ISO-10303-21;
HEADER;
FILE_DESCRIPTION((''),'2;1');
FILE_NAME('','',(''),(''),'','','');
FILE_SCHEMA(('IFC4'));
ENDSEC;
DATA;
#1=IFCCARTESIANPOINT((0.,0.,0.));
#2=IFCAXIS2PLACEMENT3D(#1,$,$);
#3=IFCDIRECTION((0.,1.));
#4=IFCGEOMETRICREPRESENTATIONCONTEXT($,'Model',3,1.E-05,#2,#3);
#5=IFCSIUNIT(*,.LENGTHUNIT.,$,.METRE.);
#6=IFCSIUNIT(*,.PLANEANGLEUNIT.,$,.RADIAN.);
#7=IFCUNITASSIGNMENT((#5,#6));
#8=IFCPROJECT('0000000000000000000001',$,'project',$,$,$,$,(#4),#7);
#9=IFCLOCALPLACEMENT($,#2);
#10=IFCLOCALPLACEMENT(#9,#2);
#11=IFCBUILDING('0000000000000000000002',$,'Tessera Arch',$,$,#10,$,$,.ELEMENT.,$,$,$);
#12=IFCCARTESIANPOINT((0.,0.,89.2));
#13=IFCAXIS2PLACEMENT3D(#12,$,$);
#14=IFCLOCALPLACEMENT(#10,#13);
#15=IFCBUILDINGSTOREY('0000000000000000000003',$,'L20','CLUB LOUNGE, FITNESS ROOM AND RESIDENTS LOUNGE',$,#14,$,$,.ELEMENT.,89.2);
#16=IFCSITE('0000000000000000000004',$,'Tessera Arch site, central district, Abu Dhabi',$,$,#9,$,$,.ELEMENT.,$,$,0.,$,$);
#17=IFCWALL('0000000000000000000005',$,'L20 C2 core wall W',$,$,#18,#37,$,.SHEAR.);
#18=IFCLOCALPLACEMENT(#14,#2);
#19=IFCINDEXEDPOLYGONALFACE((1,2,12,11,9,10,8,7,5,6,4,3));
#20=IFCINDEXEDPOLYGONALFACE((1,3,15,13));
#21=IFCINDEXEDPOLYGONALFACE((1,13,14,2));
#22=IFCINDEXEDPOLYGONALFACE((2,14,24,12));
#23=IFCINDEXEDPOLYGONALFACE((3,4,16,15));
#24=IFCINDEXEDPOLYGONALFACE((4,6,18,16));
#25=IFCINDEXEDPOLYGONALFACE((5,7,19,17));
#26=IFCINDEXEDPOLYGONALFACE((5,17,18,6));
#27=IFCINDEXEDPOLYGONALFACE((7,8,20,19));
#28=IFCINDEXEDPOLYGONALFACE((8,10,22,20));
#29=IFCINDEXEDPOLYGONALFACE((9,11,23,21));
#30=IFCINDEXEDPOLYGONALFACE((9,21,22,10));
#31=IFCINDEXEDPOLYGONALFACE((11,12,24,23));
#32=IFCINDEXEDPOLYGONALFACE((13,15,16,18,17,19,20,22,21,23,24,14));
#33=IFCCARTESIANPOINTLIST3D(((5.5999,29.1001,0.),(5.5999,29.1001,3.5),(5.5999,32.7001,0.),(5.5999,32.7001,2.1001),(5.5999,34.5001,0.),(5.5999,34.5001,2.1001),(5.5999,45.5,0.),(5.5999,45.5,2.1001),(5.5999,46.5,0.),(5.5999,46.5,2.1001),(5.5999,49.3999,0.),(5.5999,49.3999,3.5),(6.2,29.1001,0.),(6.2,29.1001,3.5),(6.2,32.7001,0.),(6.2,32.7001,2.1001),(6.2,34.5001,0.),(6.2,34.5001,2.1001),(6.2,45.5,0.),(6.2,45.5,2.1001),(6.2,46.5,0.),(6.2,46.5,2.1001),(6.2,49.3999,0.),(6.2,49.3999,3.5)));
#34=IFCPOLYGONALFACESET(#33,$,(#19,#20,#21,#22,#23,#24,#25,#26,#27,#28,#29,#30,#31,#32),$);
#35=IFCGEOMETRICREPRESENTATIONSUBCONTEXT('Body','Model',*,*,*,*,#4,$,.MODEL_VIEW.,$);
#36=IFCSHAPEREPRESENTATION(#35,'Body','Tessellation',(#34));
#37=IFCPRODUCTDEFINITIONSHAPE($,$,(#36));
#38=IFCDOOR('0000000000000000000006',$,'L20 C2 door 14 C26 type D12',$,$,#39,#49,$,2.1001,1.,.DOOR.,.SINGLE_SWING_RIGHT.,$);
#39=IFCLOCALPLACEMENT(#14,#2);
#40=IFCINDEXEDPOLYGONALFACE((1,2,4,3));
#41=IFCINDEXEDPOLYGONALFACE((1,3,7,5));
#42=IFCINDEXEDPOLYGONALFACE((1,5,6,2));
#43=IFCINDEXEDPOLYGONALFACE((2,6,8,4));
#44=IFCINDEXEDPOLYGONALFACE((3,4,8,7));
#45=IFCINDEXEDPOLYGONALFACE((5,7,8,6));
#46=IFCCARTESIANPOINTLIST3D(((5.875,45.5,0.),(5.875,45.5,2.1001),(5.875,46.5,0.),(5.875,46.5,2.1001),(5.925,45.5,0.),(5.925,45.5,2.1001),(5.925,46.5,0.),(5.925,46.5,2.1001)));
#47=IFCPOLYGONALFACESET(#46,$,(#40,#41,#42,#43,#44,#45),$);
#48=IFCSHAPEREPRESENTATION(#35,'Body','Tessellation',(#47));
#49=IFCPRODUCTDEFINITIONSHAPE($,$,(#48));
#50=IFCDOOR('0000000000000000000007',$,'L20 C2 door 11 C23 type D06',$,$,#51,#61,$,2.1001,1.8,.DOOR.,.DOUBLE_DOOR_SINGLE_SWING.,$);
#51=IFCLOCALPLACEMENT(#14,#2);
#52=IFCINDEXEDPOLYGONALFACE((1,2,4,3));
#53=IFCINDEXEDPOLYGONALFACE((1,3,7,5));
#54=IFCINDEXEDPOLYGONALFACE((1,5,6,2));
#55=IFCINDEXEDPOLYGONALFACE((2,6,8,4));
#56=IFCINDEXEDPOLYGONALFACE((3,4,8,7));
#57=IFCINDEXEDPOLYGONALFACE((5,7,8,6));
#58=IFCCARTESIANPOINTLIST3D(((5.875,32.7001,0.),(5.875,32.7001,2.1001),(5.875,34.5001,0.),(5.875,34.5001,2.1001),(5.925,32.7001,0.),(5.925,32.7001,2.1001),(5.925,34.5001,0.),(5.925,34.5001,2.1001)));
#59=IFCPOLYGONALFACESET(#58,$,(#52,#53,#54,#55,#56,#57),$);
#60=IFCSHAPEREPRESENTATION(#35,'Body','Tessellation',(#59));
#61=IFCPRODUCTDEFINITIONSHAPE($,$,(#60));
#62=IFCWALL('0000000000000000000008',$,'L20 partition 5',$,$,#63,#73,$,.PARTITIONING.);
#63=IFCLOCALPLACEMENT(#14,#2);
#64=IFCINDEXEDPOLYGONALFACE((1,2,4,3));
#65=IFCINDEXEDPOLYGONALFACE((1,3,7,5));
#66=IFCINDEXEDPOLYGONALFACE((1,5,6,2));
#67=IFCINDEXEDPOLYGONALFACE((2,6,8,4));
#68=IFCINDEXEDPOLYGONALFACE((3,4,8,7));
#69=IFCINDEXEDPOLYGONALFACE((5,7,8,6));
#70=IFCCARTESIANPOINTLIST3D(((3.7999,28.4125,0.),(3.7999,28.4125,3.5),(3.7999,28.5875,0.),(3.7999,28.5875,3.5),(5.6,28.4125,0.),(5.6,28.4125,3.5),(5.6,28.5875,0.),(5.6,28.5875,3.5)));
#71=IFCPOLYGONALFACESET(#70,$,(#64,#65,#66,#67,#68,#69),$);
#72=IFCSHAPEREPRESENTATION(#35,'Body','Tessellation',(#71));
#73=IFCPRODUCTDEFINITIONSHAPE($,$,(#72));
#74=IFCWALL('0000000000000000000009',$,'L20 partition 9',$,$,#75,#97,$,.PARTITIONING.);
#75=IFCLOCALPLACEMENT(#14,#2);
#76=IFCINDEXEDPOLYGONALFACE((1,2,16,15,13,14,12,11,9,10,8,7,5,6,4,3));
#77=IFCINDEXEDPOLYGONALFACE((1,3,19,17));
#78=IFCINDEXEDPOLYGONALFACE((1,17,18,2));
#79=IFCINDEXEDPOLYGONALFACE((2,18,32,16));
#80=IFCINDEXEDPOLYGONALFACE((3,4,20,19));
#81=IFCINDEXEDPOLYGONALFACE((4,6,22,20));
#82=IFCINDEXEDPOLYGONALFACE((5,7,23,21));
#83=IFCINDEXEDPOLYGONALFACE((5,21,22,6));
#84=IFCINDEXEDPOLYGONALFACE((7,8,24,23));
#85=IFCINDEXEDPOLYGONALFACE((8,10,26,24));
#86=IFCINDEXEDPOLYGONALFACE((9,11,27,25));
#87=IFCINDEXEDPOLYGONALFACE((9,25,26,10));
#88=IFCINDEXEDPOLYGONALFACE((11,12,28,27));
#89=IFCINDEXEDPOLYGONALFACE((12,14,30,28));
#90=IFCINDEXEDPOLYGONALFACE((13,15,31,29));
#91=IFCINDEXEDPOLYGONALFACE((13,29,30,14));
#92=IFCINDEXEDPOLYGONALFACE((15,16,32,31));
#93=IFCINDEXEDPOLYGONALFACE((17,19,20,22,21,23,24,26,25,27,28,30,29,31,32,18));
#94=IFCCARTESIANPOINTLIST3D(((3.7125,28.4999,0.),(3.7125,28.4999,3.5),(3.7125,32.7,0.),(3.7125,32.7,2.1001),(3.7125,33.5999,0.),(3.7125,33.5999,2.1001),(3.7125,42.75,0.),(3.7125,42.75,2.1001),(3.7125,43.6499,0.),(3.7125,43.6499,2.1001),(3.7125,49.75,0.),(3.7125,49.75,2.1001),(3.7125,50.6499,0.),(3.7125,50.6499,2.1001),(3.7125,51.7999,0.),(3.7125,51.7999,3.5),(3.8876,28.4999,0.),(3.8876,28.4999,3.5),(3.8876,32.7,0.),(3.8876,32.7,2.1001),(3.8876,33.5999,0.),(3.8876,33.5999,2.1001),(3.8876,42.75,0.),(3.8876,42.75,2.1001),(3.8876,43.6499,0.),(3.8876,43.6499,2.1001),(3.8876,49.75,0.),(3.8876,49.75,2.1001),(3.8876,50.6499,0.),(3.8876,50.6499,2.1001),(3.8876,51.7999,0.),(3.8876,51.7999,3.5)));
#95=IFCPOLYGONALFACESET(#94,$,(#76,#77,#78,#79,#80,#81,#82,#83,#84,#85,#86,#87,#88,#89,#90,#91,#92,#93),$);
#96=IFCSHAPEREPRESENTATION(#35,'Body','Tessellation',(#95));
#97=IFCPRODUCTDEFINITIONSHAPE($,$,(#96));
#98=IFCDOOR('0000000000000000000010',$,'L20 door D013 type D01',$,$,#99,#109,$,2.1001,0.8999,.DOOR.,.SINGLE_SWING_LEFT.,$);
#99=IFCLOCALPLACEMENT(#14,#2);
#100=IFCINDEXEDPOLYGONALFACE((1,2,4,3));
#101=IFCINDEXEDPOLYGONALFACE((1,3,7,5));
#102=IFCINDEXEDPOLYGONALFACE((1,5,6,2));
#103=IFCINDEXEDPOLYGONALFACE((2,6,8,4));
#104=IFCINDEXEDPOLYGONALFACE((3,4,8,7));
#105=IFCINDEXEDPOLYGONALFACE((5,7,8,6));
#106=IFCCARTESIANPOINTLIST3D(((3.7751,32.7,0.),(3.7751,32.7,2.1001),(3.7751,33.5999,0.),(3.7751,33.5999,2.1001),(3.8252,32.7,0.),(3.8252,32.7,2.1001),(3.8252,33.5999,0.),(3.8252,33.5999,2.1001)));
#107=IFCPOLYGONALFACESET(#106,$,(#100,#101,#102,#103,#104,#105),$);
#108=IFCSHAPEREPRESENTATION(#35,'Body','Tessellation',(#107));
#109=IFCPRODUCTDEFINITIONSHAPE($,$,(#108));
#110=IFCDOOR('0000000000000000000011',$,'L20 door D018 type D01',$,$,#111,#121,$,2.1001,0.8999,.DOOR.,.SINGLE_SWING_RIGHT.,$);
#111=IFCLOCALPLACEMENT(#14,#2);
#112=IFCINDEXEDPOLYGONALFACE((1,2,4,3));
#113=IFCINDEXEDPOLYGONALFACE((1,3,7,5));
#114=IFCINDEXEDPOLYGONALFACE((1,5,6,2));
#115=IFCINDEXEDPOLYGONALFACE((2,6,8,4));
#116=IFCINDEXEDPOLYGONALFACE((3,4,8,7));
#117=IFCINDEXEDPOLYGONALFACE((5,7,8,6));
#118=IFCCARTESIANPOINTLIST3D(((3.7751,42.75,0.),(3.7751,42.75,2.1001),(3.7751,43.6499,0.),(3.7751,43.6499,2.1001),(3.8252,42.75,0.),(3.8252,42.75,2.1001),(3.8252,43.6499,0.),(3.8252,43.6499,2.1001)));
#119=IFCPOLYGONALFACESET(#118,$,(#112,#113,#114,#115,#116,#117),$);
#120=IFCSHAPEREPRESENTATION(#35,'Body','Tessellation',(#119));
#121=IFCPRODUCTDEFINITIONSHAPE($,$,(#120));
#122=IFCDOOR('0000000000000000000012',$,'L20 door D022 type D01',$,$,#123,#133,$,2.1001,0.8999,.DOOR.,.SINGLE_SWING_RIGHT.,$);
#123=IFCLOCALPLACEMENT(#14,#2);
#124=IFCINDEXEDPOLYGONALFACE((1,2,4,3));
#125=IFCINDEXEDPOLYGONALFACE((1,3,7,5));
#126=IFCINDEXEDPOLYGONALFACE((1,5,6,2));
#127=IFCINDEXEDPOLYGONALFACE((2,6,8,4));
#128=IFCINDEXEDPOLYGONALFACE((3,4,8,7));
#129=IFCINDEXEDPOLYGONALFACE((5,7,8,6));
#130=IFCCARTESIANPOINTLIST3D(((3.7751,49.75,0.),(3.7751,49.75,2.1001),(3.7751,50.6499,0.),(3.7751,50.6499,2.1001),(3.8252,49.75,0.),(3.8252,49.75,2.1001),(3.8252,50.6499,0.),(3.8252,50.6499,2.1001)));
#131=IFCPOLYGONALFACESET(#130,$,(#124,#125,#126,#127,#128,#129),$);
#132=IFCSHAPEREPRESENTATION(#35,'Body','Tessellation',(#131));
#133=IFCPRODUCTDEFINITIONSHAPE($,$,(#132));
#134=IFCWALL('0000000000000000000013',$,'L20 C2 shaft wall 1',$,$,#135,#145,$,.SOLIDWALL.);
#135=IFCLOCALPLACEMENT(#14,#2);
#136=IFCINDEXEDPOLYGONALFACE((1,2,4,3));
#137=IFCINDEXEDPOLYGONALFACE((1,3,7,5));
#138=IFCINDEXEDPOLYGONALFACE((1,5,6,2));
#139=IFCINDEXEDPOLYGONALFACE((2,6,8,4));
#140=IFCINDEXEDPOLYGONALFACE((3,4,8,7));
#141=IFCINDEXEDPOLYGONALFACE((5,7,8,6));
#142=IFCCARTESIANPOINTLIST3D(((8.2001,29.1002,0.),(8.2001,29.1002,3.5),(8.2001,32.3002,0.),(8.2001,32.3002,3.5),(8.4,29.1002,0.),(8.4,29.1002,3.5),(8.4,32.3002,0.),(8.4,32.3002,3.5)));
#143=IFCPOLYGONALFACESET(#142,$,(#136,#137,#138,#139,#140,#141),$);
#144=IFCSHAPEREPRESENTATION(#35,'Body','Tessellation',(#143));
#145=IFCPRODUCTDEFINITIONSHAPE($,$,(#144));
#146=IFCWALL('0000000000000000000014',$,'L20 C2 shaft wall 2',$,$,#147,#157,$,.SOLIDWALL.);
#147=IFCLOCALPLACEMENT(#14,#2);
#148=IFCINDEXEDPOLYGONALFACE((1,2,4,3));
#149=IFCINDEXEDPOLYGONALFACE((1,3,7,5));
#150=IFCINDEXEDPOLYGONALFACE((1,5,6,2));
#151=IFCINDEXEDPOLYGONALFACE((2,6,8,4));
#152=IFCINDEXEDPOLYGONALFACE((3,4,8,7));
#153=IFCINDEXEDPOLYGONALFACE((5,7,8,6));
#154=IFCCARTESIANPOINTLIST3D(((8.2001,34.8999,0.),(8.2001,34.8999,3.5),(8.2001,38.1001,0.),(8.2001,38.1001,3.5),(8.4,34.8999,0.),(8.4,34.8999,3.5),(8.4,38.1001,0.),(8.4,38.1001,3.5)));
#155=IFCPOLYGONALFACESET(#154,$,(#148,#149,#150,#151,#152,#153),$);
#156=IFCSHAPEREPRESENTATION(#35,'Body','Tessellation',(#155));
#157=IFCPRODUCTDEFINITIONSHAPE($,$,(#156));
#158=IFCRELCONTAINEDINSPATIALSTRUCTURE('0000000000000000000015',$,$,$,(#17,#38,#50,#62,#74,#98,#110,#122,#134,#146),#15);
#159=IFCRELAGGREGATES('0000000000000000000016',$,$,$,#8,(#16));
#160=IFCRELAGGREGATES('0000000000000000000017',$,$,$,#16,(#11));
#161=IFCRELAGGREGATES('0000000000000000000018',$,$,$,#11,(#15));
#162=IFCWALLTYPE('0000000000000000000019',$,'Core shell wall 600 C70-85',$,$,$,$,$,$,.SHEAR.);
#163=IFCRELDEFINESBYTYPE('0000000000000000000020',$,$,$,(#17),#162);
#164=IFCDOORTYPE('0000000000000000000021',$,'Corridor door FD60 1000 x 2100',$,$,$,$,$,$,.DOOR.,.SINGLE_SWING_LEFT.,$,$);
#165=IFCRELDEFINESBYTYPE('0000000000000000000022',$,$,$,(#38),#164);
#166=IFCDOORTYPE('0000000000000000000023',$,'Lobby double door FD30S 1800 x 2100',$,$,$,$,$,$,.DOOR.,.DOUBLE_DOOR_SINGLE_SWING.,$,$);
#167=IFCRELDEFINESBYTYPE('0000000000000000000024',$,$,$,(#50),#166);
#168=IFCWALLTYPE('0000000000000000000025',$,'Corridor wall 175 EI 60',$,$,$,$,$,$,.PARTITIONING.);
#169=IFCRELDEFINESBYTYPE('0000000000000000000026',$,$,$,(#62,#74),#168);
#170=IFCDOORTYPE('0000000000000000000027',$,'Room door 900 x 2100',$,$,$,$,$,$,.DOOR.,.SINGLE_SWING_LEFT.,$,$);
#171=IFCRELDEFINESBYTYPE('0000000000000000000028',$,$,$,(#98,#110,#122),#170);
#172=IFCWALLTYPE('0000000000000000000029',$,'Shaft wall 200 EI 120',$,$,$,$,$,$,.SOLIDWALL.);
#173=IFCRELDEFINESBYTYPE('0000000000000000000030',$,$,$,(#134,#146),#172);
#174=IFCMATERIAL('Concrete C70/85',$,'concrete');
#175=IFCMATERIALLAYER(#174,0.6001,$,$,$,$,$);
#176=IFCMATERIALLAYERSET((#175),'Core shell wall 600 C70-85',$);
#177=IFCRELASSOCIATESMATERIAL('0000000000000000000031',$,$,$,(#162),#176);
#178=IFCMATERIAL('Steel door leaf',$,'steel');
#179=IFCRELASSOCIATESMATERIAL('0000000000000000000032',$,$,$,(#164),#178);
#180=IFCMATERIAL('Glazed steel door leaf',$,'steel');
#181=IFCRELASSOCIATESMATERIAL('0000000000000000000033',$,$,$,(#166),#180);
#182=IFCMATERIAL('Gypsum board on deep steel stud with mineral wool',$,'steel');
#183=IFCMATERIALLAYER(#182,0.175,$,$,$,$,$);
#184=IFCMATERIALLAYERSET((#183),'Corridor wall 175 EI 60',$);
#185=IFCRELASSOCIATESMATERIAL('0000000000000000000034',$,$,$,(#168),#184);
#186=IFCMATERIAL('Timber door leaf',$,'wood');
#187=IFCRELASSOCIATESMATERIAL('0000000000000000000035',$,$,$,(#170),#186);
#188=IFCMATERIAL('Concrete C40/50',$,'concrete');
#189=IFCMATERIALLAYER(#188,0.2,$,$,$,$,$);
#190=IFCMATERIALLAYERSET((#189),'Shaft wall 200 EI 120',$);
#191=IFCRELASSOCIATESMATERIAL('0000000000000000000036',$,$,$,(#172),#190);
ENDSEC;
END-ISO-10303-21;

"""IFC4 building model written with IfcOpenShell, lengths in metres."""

from ifc_helpers import new_model, si_unit, direction, frame, frame_2d, origin, place, context, subcontext, project, spatial, rectangle, extrude, material, layer, layer_set, type_object, element, fill, save


model = new_model("IFC4")

# Units and contexts
model_context = context("Model", 3, precision=1e-05, world=origin(), true_north=direction((0.0, 1.0)))
body_context = subcontext(model_context, "Body", "Model", "MODEL_VIEW")
ifc_project = project(units=[si_unit("LENGTHUNIT", "METRE"), si_unit("PLANEANGLEUNIT", "RADIAN")], contexts=[model_context])

# Site, building, storey
site_placement = place(None, origin())
site = spatial("IfcSite", under=ifc_project, at=site_placement, Name="Tessera Arch site, central district, Abu Dhabi", CompositionType="ELEMENT", RefElevation=0.0)
building_placement = place(site_placement, origin())
building = spatial("IfcBuilding", under=site, at=building_placement, Name="Tessera Arch", CompositionType="ELEMENT")
storey_placement = place(building_placement, frame((0.0, 0.0, 89.2)))
storey = spatial("IfcBuildingStorey", under=building, at=storey_placement, Name="L20", Description="CLUB LOUNGE, FITNESS ROOM AND RESIDENTS LOUNGE", CompositionType="ELEMENT", Elevation=89.2)

# Wall, openings, doors
ifc_material_1 = material(Name="Concrete C70/85", Category="concrete")
ifc_layer_1 = layer(ifc_material_1, 0.6001)
ifc_layer_set_1 = layer_set([ifc_layer_1], Name="Core shell wall 600 C70-85")
wall_type_1 = type_object("IfcWallType", Name="Core shell wall 600 C70-85", PredefinedType="SHEAR", material=ifc_layer_set_1)
wall_1_placement = place(storey_placement, frame((5.8999, 29.1001, 0.0), z_axis=(0.0, 0.0, 1.0), x_axis=(0.0, 1.0, 0.0)))
wall_1 = element("IfcWall", 1, at=wall_1_placement, inside=storey, type_object=wall_type_1, Name="L20 C2 core wall W", PredefinedType="SHEAR", context=body_context, shape_type="SweptSolid", body=[
    extrude(rectangle(XDim=20.2998, YDim=0.6001, at=frame_2d((10.1499, 0.0))), origin(), (0.0, 0.0, 1.0), 3.5),
])
opening_1_placement = place(wall_1_placement, frame((3.6001, 0.0, 0.0)))
opening_1 = element("IfcOpeningElement", 2, at=opening_1_placement, cuts=wall_1, PredefinedType="OPENING", context=body_context, shape_type="SweptSolid", body=[
    extrude(rectangle(XDim=1.8, YDim=2.1001, at=frame_2d((0.8999, 1.05))), frame((0.0, 0.3101, 0.0), z_axis=(0.0, -1.0, 0.0), x_axis=(1.0, 0.0, 0.0)), (0.0, 0.0, 1.0), 0.6201),
])
opening_2_placement = place(wall_1_placement, frame((16.3999, 0.0, 0.0)))
opening_2 = element("IfcOpeningElement", 3, at=opening_2_placement, cuts=wall_1, PredefinedType="OPENING", context=body_context, shape_type="SweptSolid", body=[
    extrude(rectangle(XDim=1.0, YDim=2.1001, at=frame_2d((0.5, 1.05))), frame((0.0, 0.3101, 0.0), z_axis=(0.0, -1.0, 0.0), x_axis=(1.0, 0.0, 0.0)), (0.0, 0.0, 1.0), 0.6201),
])
ifc_material_2 = material(Name="Steel door leaf", Category="steel")
door_type_1 = type_object("IfcDoorType", Name="Corridor door FD60 1000 x 2100", OperationType="SINGLE_SWING_LEFT", PredefinedType="DOOR", material=ifc_material_2)
door_1_placement = place(opening_2_placement, origin())
door_1 = element("IfcDoor", 4, at=door_1_placement, inside=storey, type_object=door_type_1, Name="L20 C2 door 14 C26 type D12", OperationType="SINGLE_SWING_RIGHT", OverallHeight=2.1001, OverallWidth=1.0, PredefinedType="DOOR", context=body_context, shape_type="SweptSolid", body=[
    extrude(rectangle(XDim=1.0, YDim=2.1001, at=frame_2d((0.5, 1.05))), frame((0.0, 0.0249, 0.0), z_axis=(0.0, -1.0, 0.0), x_axis=(1.0, 0.0, 0.0)), (0.0, 0.0, 1.0), 0.05),
])
fill(opening_2, door_1)
ifc_material_3 = material(Name="Glazed steel door leaf", Category="steel")
door_type_2 = type_object("IfcDoorType", Name="Lobby double door FD30S 1800 x 2100", OperationType="DOUBLE_DOOR_SINGLE_SWING", PredefinedType="DOOR", material=ifc_material_3)
door_2_placement = place(opening_1_placement, origin())
door_2 = element("IfcDoor", 5, at=door_2_placement, inside=storey, type_object=door_type_2, Name="L20 C2 door 11 C23 type D06", OperationType="DOUBLE_DOOR_SINGLE_SWING", OverallHeight=2.1001, OverallWidth=1.8, PredefinedType="DOOR", context=body_context, shape_type="SweptSolid", body=[
    extrude(rectangle(XDim=1.8, YDim=2.1001, at=frame_2d((0.8999, 1.05))), frame((0.0, 0.0249, 0.0), z_axis=(0.0, -1.0, 0.0), x_axis=(1.0, 0.0, 0.0)), (0.0, 0.0, 1.0), 0.05),
])
fill(opening_1, door_2)

# Wall
ifc_material_4 = material(Name="Gypsum board on deep steel stud with mineral wool", Category="steel")
ifc_layer_2 = layer(ifc_material_4, 0.175)
ifc_layer_set_2 = layer_set([ifc_layer_2], Name="Corridor wall 175 EI 60")
wall_type_2 = type_object("IfcWallType", Name="Corridor wall 175 EI 60", PredefinedType="PARTITIONING", material=ifc_layer_set_2)
wall_2_placement = place(storey_placement, frame((3.8, 28.5, 0.0), z_axis=(0.0, 0.0, 1.0), x_axis=(1.0, 0.0, 0.0)))
element("IfcWall", 6, at=wall_2_placement, inside=storey, type_object=wall_type_2, Name="L20 partition 5", PredefinedType="PARTITIONING", context=body_context, shape_type="SweptSolid", body=[
    extrude(rectangle(XDim=1.8, YDim=0.175, at=frame_2d((0.8999, 0.0))), origin(), (0.0, 0.0, 1.0), 3.5),
])

# Wall, openings, doors
wall_3_placement = place(storey_placement, frame((3.8, 28.5, 0.0), z_axis=(0.0, 0.0, 1.0), x_axis=(0.0, 1.0, 0.0)))
wall_3 = element("IfcWall", 7, at=wall_3_placement, inside=storey, type_object=wall_type_2, Name="L20 partition 9", PredefinedType="PARTITIONING", context=body_context, shape_type="SweptSolid", body=[
    extrude(rectangle(XDim=23.3, YDim=0.175, at=frame_2d((11.6499, 0.0))), origin(), (0.0, 0.0, 1.0), 3.5),
])
opening_3_placement = place(wall_3_placement, frame((4.2, 0.0, 0.0)))
opening_3 = element("IfcOpeningElement", 8, at=opening_3_placement, cuts=wall_3, PredefinedType="OPENING", context=body_context, shape_type="SweptSolid", body=[
    extrude(rectangle(XDim=0.8999, YDim=2.1001, at=frame_2d((0.45, 1.05))), frame((0.0, 0.0974, 0.0), z_axis=(0.0, -1.0, 0.0), x_axis=(1.0, 0.0, 0.0)), (0.0, 0.0, 1.0), 0.1951),
])
opening_4_placement = place(wall_3_placement, frame((14.25, 0.0, 0.0)))
opening_4 = element("IfcOpeningElement", 9, at=opening_4_placement, cuts=wall_3, PredefinedType="OPENING", context=body_context, shape_type="SweptSolid", body=[
    extrude(rectangle(XDim=0.8999, YDim=2.1001, at=frame_2d((0.45, 1.05))), frame((0.0, 0.0974, 0.0), z_axis=(0.0, -1.0, 0.0), x_axis=(1.0, 0.0, 0.0)), (0.0, 0.0, 1.0), 0.1951),
])
opening_5_placement = place(wall_3_placement, frame((21.25, 0.0, 0.0)))
opening_5 = element("IfcOpeningElement", 10, at=opening_5_placement, cuts=wall_3, PredefinedType="OPENING", context=body_context, shape_type="SweptSolid", body=[
    extrude(rectangle(XDim=0.8999, YDim=2.1001, at=frame_2d((0.45, 1.05))), frame((0.0, 0.0974, 0.0), z_axis=(0.0, -1.0, 0.0), x_axis=(1.0, 0.0, 0.0)), (0.0, 0.0, 1.0), 0.1951),
])
ifc_material_5 = material(Name="Timber door leaf", Category="wood")
door_type_3 = type_object("IfcDoorType", Name="Room door 900 x 2100", OperationType="SINGLE_SWING_LEFT", PredefinedType="DOOR", material=ifc_material_5)
door_3_placement = place(opening_3_placement, origin())
door_3 = element("IfcDoor", 11, at=door_3_placement, inside=storey, type_object=door_type_3, Name="L20 door D013 type D01", OperationType="SINGLE_SWING_LEFT", OverallHeight=2.1001, OverallWidth=0.8999, PredefinedType="DOOR", context=body_context, shape_type="SweptSolid", body=[
    extrude(rectangle(XDim=0.8999, YDim=2.1001, at=frame_2d((0.45, 1.05))), frame((0.0, 0.0249, 0.0), z_axis=(0.0, -1.0, 0.0), x_axis=(1.0, 0.0, 0.0)), (0.0, 0.0, 1.0), 0.05),
])
fill(opening_3, door_3)
door_4_placement = place(opening_4_placement, origin())
door_4 = element("IfcDoor", 12, at=door_4_placement, inside=storey, type_object=door_type_3, Name="L20 door D018 type D01", OperationType="SINGLE_SWING_RIGHT", OverallHeight=2.1001, OverallWidth=0.8999, PredefinedType="DOOR", context=body_context, shape_type="SweptSolid", body=[
    extrude(rectangle(XDim=0.8999, YDim=2.1001, at=frame_2d((0.45, 1.05))), frame((0.0, 0.0249, 0.0), z_axis=(0.0, -1.0, 0.0), x_axis=(1.0, 0.0, 0.0)), (0.0, 0.0, 1.0), 0.05),
])
fill(opening_4, door_4)
door_5_placement = place(opening_5_placement, origin())
door_5 = element("IfcDoor", 13, at=door_5_placement, inside=storey, type_object=door_type_3, Name="L20 door D022 type D01", OperationType="SINGLE_SWING_RIGHT", OverallHeight=2.1001, OverallWidth=0.8999, PredefinedType="DOOR", context=body_context, shape_type="SweptSolid", body=[
    extrude(rectangle(XDim=0.8999, YDim=2.1001, at=frame_2d((0.45, 1.05))), frame((0.0, 0.0249, 0.0), z_axis=(0.0, -1.0, 0.0), x_axis=(1.0, 0.0, 0.0)), (0.0, 0.0, 1.0), 0.05),
])
fill(opening_5, door_5)

# Walls
ifc_material_6 = material(Name="Concrete C40/50", Category="concrete")
ifc_layer_3 = layer(ifc_material_6, 0.2)
ifc_layer_set_3 = layer_set([ifc_layer_3], Name="Shaft wall 200 EI 120")
wall_type_3 = type_object("IfcWallType", Name="Shaft wall 200 EI 120", PredefinedType="SOLIDWALL", material=ifc_layer_set_3)
wall_4_placement = place(storey_placement, frame((8.3, 29.1001, 0.0), z_axis=(0.0, 0.0, 1.0), x_axis=(0.0, 1.0, 0.0)))
element("IfcWall", 14, at=wall_4_placement, inside=storey, type_object=wall_type_3, Name="L20 C2 shaft wall 1", PredefinedType="SOLIDWALL", context=body_context, shape_type="SweptSolid", body=[
    extrude(rectangle(XDim=3.2, YDim=0.2, at=frame_2d((1.6001, 0.0))), origin(), (0.0, 0.0, 1.0), 3.5),
])
wall_5_placement = place(storey_placement, frame((8.3, 34.8999, 0.0), z_axis=(0.0, 0.0, 1.0), x_axis=(0.0, 1.0, 0.0)))
element("IfcWall", 15, at=wall_5_placement, inside=storey, type_object=wall_type_3, Name="L20 C2 shaft wall 2", PredefinedType="SOLIDWALL", context=body_context, shape_type="SweptSolid", body=[
    extrude(rectangle(XDim=3.2002, YDim=0.2, at=frame_2d((1.6001, 0.0))), origin(), (0.0, 0.0, 1.0), 3.5),
])

save(model, "model.ifc")
